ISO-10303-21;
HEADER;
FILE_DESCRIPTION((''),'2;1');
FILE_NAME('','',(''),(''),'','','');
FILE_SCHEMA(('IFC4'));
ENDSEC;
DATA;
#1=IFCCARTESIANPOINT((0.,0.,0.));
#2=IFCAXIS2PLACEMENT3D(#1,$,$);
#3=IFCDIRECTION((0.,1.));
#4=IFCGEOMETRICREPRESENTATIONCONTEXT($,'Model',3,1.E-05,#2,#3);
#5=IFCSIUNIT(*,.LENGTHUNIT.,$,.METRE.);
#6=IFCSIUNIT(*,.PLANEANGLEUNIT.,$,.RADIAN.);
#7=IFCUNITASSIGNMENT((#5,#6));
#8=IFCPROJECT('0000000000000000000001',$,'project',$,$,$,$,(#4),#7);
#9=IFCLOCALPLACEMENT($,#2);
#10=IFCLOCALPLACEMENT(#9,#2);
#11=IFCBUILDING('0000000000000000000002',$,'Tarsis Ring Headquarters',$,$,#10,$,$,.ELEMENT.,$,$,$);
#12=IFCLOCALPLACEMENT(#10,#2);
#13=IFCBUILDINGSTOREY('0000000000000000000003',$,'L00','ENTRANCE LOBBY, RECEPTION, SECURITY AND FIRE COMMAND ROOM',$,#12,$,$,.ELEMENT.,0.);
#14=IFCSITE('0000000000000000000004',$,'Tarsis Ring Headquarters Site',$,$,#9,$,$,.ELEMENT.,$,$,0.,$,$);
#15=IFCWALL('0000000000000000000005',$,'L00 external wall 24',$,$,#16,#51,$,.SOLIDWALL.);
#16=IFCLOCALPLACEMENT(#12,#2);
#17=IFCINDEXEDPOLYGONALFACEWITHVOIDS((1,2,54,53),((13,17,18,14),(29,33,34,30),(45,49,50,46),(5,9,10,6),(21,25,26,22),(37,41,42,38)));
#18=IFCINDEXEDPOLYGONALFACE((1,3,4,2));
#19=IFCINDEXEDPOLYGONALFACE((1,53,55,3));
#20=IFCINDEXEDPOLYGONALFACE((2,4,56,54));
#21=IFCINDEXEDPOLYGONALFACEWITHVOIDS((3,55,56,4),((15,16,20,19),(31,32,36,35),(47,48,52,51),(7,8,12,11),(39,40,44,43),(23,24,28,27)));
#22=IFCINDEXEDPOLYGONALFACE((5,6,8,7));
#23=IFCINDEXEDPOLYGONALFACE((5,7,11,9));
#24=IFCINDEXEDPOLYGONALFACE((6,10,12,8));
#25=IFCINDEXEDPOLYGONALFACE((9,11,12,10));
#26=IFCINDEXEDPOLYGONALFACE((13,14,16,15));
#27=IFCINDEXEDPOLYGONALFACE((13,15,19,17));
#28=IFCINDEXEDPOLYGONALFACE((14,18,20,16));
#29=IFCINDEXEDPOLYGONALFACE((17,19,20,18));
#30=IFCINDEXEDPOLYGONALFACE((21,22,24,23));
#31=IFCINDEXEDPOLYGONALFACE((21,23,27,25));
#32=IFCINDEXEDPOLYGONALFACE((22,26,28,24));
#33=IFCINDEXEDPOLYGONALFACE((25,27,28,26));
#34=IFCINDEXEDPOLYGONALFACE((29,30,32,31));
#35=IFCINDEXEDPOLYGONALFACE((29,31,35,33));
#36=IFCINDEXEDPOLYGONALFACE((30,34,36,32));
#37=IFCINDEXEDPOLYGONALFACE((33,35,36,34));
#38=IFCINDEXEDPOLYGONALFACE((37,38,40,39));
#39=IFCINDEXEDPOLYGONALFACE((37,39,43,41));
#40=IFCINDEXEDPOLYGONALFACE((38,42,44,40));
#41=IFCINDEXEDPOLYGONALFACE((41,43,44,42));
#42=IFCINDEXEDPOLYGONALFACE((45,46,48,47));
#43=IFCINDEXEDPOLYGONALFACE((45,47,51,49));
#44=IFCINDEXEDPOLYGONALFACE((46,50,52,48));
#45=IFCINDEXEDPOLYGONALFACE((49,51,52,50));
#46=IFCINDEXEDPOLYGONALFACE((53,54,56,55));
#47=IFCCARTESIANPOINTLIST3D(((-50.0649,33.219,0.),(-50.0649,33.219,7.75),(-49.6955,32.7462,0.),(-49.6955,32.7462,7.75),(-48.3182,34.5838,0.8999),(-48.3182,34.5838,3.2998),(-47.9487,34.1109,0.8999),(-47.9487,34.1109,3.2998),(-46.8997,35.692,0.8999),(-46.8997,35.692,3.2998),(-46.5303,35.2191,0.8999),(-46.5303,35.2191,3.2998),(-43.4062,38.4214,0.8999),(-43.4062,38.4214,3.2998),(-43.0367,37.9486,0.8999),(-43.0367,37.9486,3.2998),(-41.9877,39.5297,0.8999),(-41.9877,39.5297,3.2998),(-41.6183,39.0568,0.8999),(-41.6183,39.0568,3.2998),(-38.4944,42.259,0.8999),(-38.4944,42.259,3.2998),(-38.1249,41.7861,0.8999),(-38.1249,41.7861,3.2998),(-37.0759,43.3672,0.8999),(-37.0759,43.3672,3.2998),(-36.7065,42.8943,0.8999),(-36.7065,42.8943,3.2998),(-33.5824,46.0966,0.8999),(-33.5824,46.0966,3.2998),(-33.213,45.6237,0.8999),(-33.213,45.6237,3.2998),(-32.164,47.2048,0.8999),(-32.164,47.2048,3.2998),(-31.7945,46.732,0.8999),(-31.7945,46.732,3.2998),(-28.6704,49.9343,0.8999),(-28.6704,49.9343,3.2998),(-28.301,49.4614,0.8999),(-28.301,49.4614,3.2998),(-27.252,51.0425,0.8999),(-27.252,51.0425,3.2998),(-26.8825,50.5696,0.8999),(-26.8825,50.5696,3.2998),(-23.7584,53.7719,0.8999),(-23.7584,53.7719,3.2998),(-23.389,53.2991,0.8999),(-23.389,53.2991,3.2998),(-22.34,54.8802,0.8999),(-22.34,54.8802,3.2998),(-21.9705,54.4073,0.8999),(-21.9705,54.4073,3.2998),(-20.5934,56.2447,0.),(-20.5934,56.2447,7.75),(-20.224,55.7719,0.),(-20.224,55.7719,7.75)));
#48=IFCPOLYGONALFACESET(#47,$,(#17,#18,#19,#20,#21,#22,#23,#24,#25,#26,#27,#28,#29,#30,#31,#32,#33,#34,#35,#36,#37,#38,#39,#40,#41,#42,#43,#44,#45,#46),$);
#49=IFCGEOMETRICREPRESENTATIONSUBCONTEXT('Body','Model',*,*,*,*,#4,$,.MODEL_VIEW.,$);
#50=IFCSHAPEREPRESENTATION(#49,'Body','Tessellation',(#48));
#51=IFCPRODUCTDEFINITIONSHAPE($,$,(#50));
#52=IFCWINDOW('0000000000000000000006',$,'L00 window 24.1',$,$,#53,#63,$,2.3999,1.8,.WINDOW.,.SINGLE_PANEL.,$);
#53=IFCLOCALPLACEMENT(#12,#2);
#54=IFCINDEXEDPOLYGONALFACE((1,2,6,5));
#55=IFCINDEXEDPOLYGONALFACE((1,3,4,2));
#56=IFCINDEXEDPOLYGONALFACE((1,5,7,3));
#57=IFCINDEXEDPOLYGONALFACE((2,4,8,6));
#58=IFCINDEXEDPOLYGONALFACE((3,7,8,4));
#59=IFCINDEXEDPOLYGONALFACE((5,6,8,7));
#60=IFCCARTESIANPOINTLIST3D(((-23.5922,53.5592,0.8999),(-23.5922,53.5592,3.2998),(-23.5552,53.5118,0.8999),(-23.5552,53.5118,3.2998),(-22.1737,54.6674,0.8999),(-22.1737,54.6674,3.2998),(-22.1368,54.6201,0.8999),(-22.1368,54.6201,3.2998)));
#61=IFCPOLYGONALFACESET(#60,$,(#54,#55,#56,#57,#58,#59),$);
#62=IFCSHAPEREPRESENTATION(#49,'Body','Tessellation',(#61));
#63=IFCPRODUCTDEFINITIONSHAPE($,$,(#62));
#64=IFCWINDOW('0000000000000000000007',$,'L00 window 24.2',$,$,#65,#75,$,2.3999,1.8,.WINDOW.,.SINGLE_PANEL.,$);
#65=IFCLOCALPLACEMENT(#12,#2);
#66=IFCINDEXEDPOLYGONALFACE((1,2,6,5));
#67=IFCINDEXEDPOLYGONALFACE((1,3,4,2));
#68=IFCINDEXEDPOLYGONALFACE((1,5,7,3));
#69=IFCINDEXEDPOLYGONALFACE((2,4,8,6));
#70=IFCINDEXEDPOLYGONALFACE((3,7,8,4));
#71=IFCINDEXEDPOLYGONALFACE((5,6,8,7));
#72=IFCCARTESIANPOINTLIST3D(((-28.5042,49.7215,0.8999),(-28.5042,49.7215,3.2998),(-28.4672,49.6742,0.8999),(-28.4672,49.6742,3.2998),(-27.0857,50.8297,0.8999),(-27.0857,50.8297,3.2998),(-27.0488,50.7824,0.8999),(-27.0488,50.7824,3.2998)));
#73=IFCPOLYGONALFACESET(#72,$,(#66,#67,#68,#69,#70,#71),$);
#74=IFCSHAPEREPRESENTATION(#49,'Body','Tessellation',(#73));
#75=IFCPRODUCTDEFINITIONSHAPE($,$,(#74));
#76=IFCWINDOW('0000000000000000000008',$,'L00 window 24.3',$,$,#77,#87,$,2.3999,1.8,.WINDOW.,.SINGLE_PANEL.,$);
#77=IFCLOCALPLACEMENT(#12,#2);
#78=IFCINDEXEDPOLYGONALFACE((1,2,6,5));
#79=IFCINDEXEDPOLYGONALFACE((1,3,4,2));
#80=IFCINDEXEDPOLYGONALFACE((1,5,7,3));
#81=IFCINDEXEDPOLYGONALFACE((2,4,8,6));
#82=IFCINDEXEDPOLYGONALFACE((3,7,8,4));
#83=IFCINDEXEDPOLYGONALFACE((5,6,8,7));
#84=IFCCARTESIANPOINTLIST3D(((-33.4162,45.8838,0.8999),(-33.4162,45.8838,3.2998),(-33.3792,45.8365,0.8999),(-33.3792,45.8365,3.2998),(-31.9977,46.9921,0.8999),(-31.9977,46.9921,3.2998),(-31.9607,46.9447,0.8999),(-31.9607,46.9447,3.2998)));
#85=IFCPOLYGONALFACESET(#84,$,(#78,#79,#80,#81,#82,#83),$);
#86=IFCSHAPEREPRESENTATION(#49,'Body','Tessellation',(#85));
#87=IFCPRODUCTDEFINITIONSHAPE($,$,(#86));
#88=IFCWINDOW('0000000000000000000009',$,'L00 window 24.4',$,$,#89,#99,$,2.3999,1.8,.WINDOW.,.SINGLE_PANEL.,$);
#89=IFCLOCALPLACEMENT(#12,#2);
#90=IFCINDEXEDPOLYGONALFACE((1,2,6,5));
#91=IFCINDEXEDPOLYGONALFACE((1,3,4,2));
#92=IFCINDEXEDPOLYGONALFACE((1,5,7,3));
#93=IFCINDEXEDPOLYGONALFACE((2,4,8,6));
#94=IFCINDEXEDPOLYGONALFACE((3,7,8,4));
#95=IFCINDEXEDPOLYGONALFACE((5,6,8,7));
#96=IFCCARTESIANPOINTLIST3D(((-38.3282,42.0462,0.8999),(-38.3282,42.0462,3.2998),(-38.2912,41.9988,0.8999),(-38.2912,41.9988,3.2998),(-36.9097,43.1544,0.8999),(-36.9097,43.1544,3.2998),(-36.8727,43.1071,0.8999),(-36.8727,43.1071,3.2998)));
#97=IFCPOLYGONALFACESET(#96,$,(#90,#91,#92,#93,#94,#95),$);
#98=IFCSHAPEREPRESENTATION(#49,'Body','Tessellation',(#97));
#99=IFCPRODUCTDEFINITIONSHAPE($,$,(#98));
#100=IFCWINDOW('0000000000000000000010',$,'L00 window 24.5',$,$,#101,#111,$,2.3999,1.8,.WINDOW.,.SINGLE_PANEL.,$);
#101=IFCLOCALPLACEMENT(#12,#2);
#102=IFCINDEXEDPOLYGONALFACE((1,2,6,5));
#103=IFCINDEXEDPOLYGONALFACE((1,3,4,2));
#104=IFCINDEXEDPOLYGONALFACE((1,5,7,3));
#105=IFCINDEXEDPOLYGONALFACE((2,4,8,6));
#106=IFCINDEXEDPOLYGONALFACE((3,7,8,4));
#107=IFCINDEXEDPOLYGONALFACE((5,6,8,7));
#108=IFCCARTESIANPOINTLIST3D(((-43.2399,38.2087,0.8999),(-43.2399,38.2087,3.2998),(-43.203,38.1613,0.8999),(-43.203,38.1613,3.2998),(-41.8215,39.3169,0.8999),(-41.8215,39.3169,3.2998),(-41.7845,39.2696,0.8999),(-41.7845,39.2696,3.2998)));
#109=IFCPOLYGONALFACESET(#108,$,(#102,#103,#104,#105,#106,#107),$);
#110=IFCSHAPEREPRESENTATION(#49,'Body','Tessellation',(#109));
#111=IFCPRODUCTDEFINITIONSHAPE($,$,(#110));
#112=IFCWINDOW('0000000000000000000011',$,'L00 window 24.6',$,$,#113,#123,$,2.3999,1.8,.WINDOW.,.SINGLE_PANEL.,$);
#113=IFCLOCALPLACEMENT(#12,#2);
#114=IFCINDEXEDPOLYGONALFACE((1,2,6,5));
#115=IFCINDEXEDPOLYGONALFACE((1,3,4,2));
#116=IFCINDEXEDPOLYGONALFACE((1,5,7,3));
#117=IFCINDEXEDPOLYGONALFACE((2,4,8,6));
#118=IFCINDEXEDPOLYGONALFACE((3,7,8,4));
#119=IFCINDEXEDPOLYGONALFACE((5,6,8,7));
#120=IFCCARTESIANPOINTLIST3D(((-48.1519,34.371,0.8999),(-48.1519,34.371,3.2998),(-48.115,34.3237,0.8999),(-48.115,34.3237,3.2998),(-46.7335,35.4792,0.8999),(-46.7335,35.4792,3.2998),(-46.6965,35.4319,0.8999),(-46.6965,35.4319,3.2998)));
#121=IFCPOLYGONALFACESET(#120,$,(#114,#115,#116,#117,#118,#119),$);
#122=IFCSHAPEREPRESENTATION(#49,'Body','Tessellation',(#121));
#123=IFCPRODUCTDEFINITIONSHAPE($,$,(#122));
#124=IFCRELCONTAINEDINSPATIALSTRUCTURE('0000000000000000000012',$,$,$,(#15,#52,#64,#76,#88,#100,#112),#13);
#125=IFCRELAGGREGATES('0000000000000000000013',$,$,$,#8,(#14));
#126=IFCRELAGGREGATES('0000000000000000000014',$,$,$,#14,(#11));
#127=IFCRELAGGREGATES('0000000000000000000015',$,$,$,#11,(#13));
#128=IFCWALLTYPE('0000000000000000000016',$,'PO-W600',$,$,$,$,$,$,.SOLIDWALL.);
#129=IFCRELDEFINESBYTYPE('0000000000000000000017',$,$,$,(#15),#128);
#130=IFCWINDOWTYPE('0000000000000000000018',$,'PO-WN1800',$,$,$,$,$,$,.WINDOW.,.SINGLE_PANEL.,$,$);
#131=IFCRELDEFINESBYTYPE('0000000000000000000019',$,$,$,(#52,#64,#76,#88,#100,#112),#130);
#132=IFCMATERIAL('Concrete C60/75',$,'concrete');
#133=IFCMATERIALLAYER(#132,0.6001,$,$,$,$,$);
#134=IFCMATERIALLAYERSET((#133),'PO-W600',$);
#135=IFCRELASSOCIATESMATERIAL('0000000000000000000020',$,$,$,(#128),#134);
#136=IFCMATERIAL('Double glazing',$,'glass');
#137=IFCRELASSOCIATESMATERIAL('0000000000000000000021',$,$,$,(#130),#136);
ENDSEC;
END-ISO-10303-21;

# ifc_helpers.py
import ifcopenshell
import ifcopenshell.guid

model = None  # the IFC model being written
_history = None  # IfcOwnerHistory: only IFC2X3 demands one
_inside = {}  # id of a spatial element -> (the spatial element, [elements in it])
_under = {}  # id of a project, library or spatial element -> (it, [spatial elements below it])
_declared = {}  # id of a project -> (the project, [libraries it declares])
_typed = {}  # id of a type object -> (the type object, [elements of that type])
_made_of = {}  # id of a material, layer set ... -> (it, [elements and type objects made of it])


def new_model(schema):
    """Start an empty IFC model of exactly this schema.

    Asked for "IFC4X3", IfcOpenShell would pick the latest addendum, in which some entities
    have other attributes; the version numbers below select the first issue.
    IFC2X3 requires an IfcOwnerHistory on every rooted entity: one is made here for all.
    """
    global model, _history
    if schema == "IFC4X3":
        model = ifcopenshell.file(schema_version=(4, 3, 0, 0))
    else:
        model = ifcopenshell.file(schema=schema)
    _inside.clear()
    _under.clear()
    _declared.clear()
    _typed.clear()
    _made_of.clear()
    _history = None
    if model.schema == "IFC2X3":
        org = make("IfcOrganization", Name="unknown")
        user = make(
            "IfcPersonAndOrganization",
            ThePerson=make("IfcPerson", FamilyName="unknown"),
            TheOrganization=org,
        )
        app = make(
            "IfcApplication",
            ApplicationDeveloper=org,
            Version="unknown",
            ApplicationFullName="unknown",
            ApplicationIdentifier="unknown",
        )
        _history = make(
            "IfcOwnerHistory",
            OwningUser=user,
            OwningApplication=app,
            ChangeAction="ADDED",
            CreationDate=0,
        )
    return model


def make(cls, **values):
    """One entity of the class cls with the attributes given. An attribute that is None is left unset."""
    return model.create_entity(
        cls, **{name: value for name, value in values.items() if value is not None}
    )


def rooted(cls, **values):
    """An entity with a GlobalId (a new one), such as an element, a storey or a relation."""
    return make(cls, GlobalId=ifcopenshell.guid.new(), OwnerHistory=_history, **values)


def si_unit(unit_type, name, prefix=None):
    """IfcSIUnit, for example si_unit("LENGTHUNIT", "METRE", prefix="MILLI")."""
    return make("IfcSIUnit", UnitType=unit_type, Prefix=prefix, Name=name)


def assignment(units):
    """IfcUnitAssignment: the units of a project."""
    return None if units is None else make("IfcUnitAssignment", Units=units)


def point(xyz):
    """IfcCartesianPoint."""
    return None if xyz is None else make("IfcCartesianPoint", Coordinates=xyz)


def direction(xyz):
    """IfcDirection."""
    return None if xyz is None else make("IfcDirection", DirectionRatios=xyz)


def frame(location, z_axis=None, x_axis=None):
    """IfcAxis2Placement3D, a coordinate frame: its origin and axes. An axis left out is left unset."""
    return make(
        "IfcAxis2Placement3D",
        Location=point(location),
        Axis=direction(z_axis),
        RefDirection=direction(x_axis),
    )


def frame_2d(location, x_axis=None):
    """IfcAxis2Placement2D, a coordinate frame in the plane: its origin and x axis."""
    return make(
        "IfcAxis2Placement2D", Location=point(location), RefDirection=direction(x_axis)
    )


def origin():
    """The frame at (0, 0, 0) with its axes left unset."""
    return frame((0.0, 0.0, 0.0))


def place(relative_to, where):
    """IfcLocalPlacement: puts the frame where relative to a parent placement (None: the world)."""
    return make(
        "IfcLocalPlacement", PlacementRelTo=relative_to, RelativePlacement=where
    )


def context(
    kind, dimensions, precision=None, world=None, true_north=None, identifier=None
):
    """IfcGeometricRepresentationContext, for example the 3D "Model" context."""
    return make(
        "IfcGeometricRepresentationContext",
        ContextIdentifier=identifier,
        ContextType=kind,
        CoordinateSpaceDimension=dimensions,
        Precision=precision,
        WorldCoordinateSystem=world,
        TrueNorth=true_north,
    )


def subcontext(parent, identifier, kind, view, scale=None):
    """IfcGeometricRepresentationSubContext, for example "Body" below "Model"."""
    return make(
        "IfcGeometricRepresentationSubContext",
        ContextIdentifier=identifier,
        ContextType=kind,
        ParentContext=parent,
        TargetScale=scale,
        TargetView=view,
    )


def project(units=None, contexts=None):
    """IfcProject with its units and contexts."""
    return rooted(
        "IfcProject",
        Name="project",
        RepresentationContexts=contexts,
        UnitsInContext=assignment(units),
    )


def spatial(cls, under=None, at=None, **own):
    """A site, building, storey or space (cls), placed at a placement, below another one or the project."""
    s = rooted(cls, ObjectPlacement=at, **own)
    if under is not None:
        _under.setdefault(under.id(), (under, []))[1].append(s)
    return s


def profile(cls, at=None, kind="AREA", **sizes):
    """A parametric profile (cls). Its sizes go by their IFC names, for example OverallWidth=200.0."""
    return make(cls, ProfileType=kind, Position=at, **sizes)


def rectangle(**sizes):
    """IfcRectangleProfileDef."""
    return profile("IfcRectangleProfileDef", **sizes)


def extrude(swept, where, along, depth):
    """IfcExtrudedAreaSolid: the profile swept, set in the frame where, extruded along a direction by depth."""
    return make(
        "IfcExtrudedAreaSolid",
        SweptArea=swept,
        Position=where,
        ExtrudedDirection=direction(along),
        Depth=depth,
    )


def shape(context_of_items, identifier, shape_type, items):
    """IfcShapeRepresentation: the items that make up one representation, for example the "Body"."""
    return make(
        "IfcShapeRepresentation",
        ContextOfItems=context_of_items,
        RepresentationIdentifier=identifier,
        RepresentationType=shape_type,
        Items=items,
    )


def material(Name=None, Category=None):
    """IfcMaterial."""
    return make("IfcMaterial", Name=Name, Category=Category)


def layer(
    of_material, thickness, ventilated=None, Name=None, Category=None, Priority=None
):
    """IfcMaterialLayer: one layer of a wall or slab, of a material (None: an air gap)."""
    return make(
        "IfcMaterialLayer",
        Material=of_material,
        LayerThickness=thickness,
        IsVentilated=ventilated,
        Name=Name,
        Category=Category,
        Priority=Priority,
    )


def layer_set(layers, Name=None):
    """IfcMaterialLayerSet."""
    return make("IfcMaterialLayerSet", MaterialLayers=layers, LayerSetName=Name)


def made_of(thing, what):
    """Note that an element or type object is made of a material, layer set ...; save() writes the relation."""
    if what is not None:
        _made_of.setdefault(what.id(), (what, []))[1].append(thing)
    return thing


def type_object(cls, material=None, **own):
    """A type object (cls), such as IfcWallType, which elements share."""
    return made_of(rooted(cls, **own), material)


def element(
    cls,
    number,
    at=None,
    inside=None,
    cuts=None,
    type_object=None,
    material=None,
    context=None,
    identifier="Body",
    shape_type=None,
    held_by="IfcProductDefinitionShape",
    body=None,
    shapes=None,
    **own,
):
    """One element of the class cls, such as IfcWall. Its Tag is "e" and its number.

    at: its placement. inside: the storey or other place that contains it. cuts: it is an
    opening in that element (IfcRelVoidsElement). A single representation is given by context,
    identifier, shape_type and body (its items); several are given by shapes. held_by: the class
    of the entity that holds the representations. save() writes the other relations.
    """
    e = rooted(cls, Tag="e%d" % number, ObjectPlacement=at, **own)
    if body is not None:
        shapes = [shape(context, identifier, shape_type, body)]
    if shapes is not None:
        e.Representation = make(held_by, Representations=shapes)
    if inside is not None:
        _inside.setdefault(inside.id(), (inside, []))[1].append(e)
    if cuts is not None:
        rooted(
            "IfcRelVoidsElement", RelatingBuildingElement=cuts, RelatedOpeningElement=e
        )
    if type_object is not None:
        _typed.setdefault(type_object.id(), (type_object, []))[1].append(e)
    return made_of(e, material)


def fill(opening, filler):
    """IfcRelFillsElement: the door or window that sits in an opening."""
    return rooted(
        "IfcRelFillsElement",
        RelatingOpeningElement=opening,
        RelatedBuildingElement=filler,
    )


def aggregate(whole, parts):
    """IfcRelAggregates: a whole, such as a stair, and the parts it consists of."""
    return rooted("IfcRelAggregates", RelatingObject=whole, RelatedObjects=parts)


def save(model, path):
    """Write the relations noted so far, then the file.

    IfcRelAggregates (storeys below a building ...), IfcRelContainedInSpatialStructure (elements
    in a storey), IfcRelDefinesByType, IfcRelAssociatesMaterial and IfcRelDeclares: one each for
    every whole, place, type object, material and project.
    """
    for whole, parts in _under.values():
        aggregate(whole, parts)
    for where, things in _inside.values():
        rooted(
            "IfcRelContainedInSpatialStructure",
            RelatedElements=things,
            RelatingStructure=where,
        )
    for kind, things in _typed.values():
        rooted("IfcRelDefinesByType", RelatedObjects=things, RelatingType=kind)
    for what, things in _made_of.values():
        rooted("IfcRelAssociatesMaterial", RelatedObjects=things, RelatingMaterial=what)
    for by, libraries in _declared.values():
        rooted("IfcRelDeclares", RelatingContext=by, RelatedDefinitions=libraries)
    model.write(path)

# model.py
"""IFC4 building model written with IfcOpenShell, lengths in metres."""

from ifc_helpers import new_model, si_unit, direction, frame, frame_2d, origin, place, context, subcontext, project, spatial, rectangle, extrude, material, layer, layer_set, type_object, element, fill, save


model = new_model("IFC4")

# Units and contexts
model_context = context("Model", 3, precision=1e-05, world=origin(), true_north=direction((0.0, 1.0)))
body_context = subcontext(model_context, "Body", "Model", "MODEL_VIEW")
ifc_project = project(units=[si_unit("LENGTHUNIT", "METRE"), si_unit("PLANEANGLEUNIT", "RADIAN")], contexts=[model_context])

# Site, building, storey
site_placement = place(None, origin())
site = spatial("IfcSite", under=ifc_project, at=site_placement, Name="Tarsis Ring Headquarters Site", CompositionType="ELEMENT", RefElevation=0.0)
building_placement = place(site_placement, origin())
building = spatial("IfcBuilding", under=site, at=building_placement, Name="Tarsis Ring Headquarters", CompositionType="ELEMENT")
storey_placement = place(building_placement, origin())
storey = spatial("IfcBuildingStorey", under=building, at=storey_placement, Name="L00", Description="ENTRANCE LOBBY, RECEPTION, SECURITY AND FIRE COMMAND ROOM", CompositionType="ELEMENT", Elevation=0.0)

# Shared definitions
ifc_material_1 = material(Name="Concrete C60/75", Category="concrete")
ifc_layer = layer(ifc_material_1, 0.6001)
ifc_layer_set = layer_set([ifc_layer], Name="PO-W600")
wall_type = type_object("IfcWallType", Name="PO-W600", PredefinedType="SOLIDWALL", material=ifc_layer_set)
ifc_material_2 = material(Name="Double glazing", Category="glass")
window_type = type_object("IfcWindowType", Name="PO-WN1800", PartitioningType="SINGLE_PANEL", PredefinedType="WINDOW", material=ifc_material_2)

# Wall, openings, windows
wall_1_placement = place(storey_placement, frame((-20.4087, 56.0083, 0.0), z_axis=(0.0, 0.0, 1.0), x_axis=(-0.78801, -0.615662, 0.0)))
wall_1 = element("IfcWall", 1, at=wall_1_placement, inside=storey, type_object=wall_type, Name="L00 external wall 24", PredefinedType="SOLIDWALL", context=body_context, shape_type="SweptSolid", body=[
    extrude(rectangle(XDim=37.3999, YDim=0.6001, at=frame_2d((18.7, 0.0))), origin(), (0.0, 0.0, 1.0), 7.75),
])
opening_1_placement = place(wall_1_placement, frame((2.2166, 0.0, 0.8999)))
opening_1 = element("IfcOpeningElement", 2, at=opening_1_placement, cuts=wall_1, PredefinedType="OPENING", context=body_context, shape_type="SweptSolid", body=[
    extrude(rectangle(XDim=1.8, YDim=2.3999, at=frame_2d((0.8999, 1.2))), frame((0.0, 0.3101, 0.0), z_axis=(0.0, -1.0, 0.0), x_axis=(1.0, 0.0, 0.0)), (0.0, 0.0, 1.0), 0.6201),
])
opening_2_placement = place(wall_1_placement, frame((8.45, 0.0, 0.8999)))
opening_2 = element("IfcOpeningElement", 3, at=opening_2_placement, cuts=wall_1, PredefinedType="OPENING", context=body_context, shape_type="SweptSolid", body=[
    extrude(rectangle(XDim=1.8, YDim=2.3999, at=frame_2d((0.8999, 1.2))), frame((0.0, 0.3101, 0.0), z_axis=(0.0, -1.0, 0.0), x_axis=(1.0, 0.0, 0.0)), (0.0, 0.0, 1.0), 0.6201),
])
opening_3_placement = place(wall_1_placement, frame((14.6833, 0.0, 0.8999)))
opening_3 = element("IfcOpeningElement", 4, at=opening_3_placement, cuts=wall_1, PredefinedType="OPENING", context=body_context, shape_type="SweptSolid", body=[
    extrude(rectangle(XDim=1.8, YDim=2.3999, at=frame_2d((0.8999, 1.2))), frame((0.0, 0.3101, 0.0), z_axis=(0.0, -1.0, 0.0), x_axis=(1.0, 0.0, 0.0)), (0.0, 0.0, 1.0), 0.6201),
])
opening_4_placement = place(wall_1_placement, frame((20.9167, 0.0, 0.8999)))
opening_4 = element("IfcOpeningElement", 5, at=opening_4_placement, cuts=wall_1, PredefinedType="OPENING", context=body_context, shape_type="SweptSolid", body=[
    extrude(rectangle(XDim=1.8, YDim=2.3999, at=frame_2d((0.8999, 1.2))), frame((0.0, 0.3101, 0.0), z_axis=(0.0, -1.0, 0.0), x_axis=(1.0, 0.0, 0.0)), (0.0, 0.0, 1.0), 0.6201),
])
opening_5_placement = place(wall_1_placement, frame((27.1499, 0.0, 0.8999)))
opening_5 = element("IfcOpeningElement", 6, at=opening_5_placement, cuts=wall_1, PredefinedType="OPENING", context=body_context, shape_type="SweptSolid", body=[
    extrude(rectangle(XDim=1.8, YDim=2.3999, at=frame_2d((0.8999, 1.2))), frame((0.0, 0.3101, 0.0), z_axis=(0.0, -1.0, 0.0), x_axis=(1.0, 0.0, 0.0)), (0.0, 0.0, 1.0), 0.6201),
])
opening_6_placement = place(wall_1_placement, frame((33.3833, 0.0, 0.8999)))
opening_6 = element("IfcOpeningElement", 7, at=opening_6_placement, cuts=wall_1, PredefinedType="OPENING", context=body_context, shape_type="SweptSolid", body=[
    extrude(rectangle(XDim=1.8, YDim=2.3999, at=frame_2d((0.8999, 1.2))), frame((0.0, 0.3101, 0.0), z_axis=(0.0, -1.0, 0.0), x_axis=(1.0, 0.0, 0.0)), (0.0, 0.0, 1.0), 0.6201),
])
window_1_placement = place(opening_1_placement, origin())
window_1 = element("IfcWindow", 8, at=window_1_placement, inside=storey, type_object=window_type, Name="L00 window 24.1", OverallHeight=2.3999, OverallWidth=1.8, PartitioningType="SINGLE_PANEL", PredefinedType="WINDOW", context=body_context, shape_type="SweptSolid", body=[
    extrude(rectangle(XDim=1.8, YDim=2.3999, at=frame_2d((0.8999, 1.2))), frame((0.0, 0.03, 0.0), z_axis=(0.0, -1.0, 0.0), x_axis=(1.0, 0.0, 0.0)), (0.0, 0.0, 1.0), 0.0601),
])
fill(opening_1, window_1)
window_2_placement = place(opening_2_placement, origin())
window_2 = element("IfcWindow", 9, at=window_2_placement, inside=storey, type_object=window_type, Name="L00 window 24.2", OverallHeight=2.3999, OverallWidth=1.8, PartitioningType="SINGLE_PANEL", PredefinedType="WINDOW", context=body_context, shape_type="SweptSolid", body=[
    extrude(rectangle(XDim=1.8, YDim=2.3999, at=frame_2d((0.8999, 1.2))), frame((0.0, 0.03, 0.0), z_axis=(0.0, -1.0, 0.0), x_axis=(1.0, 0.0, 0.0)), (0.0, 0.0, 1.0), 0.0601),
])
fill(opening_2, window_2)
window_3_placement = place(opening_3_placement, origin())
window_3 = element("IfcWindow", 10, at=window_3_placement, inside=storey, type_object=window_type, Name="L00 window 24.3", OverallHeight=2.3999, OverallWidth=1.8, PartitioningType="SINGLE_PANEL", PredefinedType="WINDOW", context=body_context, shape_type="SweptSolid", body=[
    extrude(rectangle(XDim=1.8, YDim=2.3999, at=frame_2d((0.8999, 1.2))), frame((0.0, 0.03, 0.0), z_axis=(0.0, -1.0, 0.0), x_axis=(1.0, 0.0, 0.0)), (0.0, 0.0, 1.0), 0.0601),
])
fill(opening_3, window_3)
window_4_placement = place(opening_4_placement, origin())
window_4 = element("IfcWindow", 11, at=window_4_placement, inside=storey, type_object=window_type, Name="L00 window 24.4", OverallHeight=2.3999, OverallWidth=1.8, PartitioningType="SINGLE_PANEL", PredefinedType="WINDOW", context=body_context, shape_type="SweptSolid", body=[
    extrude(rectangle(XDim=1.8, YDim=2.3999, at=frame_2d((0.8999, 1.2))), frame((0.0, 0.03, 0.0), z_axis=(0.0, -1.0, 0.0), x_axis=(1.0, 0.0, 0.0)), (0.0, 0.0, 1.0), 0.0601),
])
fill(opening_4, window_4)
window_5_placement = place(opening_5_placement, origin())
window_5 = element("IfcWindow", 12, at=window_5_placement, inside=storey, type_object=window_type, Name="L00 window 24.5", OverallHeight=2.3999, OverallWidth=1.8, PartitioningType="SINGLE_PANEL", PredefinedType="WINDOW", context=body_context, shape_type="SweptSolid", body=[
    extrude(rectangle(XDim=1.8, YDim=2.3999, at=frame_2d((0.8999, 1.2))), frame((0.0, 0.03, 0.0), z_axis=(0.0, -1.0, 0.0), x_axis=(1.0, 0.0, 0.0)), (0.0, 0.0, 1.0), 0.0601),
])
fill(opening_5, window_5)
window_6_placement = place(opening_6_placement, origin())
window_6 = element("IfcWindow", 13, at=window_6_placement, inside=storey, type_object=window_type, Name="L00 window 24.6", OverallHeight=2.3999, OverallWidth=1.8, PartitioningType="SINGLE_PANEL", PredefinedType="WINDOW", context=body_context, shape_type="SweptSolid", body=[
    extrude(rectangle(XDim=1.8, YDim=2.3999, at=frame_2d((0.8999, 1.2))), frame((0.0, 0.03, 0.0), z_axis=(0.0, -1.0, 0.0), x_axis=(1.0, 0.0, 0.0)), (0.0, 0.0, 1.0), 0.0601),
])
fill(opening_6, window_6)

save(model, "model.ifc")
